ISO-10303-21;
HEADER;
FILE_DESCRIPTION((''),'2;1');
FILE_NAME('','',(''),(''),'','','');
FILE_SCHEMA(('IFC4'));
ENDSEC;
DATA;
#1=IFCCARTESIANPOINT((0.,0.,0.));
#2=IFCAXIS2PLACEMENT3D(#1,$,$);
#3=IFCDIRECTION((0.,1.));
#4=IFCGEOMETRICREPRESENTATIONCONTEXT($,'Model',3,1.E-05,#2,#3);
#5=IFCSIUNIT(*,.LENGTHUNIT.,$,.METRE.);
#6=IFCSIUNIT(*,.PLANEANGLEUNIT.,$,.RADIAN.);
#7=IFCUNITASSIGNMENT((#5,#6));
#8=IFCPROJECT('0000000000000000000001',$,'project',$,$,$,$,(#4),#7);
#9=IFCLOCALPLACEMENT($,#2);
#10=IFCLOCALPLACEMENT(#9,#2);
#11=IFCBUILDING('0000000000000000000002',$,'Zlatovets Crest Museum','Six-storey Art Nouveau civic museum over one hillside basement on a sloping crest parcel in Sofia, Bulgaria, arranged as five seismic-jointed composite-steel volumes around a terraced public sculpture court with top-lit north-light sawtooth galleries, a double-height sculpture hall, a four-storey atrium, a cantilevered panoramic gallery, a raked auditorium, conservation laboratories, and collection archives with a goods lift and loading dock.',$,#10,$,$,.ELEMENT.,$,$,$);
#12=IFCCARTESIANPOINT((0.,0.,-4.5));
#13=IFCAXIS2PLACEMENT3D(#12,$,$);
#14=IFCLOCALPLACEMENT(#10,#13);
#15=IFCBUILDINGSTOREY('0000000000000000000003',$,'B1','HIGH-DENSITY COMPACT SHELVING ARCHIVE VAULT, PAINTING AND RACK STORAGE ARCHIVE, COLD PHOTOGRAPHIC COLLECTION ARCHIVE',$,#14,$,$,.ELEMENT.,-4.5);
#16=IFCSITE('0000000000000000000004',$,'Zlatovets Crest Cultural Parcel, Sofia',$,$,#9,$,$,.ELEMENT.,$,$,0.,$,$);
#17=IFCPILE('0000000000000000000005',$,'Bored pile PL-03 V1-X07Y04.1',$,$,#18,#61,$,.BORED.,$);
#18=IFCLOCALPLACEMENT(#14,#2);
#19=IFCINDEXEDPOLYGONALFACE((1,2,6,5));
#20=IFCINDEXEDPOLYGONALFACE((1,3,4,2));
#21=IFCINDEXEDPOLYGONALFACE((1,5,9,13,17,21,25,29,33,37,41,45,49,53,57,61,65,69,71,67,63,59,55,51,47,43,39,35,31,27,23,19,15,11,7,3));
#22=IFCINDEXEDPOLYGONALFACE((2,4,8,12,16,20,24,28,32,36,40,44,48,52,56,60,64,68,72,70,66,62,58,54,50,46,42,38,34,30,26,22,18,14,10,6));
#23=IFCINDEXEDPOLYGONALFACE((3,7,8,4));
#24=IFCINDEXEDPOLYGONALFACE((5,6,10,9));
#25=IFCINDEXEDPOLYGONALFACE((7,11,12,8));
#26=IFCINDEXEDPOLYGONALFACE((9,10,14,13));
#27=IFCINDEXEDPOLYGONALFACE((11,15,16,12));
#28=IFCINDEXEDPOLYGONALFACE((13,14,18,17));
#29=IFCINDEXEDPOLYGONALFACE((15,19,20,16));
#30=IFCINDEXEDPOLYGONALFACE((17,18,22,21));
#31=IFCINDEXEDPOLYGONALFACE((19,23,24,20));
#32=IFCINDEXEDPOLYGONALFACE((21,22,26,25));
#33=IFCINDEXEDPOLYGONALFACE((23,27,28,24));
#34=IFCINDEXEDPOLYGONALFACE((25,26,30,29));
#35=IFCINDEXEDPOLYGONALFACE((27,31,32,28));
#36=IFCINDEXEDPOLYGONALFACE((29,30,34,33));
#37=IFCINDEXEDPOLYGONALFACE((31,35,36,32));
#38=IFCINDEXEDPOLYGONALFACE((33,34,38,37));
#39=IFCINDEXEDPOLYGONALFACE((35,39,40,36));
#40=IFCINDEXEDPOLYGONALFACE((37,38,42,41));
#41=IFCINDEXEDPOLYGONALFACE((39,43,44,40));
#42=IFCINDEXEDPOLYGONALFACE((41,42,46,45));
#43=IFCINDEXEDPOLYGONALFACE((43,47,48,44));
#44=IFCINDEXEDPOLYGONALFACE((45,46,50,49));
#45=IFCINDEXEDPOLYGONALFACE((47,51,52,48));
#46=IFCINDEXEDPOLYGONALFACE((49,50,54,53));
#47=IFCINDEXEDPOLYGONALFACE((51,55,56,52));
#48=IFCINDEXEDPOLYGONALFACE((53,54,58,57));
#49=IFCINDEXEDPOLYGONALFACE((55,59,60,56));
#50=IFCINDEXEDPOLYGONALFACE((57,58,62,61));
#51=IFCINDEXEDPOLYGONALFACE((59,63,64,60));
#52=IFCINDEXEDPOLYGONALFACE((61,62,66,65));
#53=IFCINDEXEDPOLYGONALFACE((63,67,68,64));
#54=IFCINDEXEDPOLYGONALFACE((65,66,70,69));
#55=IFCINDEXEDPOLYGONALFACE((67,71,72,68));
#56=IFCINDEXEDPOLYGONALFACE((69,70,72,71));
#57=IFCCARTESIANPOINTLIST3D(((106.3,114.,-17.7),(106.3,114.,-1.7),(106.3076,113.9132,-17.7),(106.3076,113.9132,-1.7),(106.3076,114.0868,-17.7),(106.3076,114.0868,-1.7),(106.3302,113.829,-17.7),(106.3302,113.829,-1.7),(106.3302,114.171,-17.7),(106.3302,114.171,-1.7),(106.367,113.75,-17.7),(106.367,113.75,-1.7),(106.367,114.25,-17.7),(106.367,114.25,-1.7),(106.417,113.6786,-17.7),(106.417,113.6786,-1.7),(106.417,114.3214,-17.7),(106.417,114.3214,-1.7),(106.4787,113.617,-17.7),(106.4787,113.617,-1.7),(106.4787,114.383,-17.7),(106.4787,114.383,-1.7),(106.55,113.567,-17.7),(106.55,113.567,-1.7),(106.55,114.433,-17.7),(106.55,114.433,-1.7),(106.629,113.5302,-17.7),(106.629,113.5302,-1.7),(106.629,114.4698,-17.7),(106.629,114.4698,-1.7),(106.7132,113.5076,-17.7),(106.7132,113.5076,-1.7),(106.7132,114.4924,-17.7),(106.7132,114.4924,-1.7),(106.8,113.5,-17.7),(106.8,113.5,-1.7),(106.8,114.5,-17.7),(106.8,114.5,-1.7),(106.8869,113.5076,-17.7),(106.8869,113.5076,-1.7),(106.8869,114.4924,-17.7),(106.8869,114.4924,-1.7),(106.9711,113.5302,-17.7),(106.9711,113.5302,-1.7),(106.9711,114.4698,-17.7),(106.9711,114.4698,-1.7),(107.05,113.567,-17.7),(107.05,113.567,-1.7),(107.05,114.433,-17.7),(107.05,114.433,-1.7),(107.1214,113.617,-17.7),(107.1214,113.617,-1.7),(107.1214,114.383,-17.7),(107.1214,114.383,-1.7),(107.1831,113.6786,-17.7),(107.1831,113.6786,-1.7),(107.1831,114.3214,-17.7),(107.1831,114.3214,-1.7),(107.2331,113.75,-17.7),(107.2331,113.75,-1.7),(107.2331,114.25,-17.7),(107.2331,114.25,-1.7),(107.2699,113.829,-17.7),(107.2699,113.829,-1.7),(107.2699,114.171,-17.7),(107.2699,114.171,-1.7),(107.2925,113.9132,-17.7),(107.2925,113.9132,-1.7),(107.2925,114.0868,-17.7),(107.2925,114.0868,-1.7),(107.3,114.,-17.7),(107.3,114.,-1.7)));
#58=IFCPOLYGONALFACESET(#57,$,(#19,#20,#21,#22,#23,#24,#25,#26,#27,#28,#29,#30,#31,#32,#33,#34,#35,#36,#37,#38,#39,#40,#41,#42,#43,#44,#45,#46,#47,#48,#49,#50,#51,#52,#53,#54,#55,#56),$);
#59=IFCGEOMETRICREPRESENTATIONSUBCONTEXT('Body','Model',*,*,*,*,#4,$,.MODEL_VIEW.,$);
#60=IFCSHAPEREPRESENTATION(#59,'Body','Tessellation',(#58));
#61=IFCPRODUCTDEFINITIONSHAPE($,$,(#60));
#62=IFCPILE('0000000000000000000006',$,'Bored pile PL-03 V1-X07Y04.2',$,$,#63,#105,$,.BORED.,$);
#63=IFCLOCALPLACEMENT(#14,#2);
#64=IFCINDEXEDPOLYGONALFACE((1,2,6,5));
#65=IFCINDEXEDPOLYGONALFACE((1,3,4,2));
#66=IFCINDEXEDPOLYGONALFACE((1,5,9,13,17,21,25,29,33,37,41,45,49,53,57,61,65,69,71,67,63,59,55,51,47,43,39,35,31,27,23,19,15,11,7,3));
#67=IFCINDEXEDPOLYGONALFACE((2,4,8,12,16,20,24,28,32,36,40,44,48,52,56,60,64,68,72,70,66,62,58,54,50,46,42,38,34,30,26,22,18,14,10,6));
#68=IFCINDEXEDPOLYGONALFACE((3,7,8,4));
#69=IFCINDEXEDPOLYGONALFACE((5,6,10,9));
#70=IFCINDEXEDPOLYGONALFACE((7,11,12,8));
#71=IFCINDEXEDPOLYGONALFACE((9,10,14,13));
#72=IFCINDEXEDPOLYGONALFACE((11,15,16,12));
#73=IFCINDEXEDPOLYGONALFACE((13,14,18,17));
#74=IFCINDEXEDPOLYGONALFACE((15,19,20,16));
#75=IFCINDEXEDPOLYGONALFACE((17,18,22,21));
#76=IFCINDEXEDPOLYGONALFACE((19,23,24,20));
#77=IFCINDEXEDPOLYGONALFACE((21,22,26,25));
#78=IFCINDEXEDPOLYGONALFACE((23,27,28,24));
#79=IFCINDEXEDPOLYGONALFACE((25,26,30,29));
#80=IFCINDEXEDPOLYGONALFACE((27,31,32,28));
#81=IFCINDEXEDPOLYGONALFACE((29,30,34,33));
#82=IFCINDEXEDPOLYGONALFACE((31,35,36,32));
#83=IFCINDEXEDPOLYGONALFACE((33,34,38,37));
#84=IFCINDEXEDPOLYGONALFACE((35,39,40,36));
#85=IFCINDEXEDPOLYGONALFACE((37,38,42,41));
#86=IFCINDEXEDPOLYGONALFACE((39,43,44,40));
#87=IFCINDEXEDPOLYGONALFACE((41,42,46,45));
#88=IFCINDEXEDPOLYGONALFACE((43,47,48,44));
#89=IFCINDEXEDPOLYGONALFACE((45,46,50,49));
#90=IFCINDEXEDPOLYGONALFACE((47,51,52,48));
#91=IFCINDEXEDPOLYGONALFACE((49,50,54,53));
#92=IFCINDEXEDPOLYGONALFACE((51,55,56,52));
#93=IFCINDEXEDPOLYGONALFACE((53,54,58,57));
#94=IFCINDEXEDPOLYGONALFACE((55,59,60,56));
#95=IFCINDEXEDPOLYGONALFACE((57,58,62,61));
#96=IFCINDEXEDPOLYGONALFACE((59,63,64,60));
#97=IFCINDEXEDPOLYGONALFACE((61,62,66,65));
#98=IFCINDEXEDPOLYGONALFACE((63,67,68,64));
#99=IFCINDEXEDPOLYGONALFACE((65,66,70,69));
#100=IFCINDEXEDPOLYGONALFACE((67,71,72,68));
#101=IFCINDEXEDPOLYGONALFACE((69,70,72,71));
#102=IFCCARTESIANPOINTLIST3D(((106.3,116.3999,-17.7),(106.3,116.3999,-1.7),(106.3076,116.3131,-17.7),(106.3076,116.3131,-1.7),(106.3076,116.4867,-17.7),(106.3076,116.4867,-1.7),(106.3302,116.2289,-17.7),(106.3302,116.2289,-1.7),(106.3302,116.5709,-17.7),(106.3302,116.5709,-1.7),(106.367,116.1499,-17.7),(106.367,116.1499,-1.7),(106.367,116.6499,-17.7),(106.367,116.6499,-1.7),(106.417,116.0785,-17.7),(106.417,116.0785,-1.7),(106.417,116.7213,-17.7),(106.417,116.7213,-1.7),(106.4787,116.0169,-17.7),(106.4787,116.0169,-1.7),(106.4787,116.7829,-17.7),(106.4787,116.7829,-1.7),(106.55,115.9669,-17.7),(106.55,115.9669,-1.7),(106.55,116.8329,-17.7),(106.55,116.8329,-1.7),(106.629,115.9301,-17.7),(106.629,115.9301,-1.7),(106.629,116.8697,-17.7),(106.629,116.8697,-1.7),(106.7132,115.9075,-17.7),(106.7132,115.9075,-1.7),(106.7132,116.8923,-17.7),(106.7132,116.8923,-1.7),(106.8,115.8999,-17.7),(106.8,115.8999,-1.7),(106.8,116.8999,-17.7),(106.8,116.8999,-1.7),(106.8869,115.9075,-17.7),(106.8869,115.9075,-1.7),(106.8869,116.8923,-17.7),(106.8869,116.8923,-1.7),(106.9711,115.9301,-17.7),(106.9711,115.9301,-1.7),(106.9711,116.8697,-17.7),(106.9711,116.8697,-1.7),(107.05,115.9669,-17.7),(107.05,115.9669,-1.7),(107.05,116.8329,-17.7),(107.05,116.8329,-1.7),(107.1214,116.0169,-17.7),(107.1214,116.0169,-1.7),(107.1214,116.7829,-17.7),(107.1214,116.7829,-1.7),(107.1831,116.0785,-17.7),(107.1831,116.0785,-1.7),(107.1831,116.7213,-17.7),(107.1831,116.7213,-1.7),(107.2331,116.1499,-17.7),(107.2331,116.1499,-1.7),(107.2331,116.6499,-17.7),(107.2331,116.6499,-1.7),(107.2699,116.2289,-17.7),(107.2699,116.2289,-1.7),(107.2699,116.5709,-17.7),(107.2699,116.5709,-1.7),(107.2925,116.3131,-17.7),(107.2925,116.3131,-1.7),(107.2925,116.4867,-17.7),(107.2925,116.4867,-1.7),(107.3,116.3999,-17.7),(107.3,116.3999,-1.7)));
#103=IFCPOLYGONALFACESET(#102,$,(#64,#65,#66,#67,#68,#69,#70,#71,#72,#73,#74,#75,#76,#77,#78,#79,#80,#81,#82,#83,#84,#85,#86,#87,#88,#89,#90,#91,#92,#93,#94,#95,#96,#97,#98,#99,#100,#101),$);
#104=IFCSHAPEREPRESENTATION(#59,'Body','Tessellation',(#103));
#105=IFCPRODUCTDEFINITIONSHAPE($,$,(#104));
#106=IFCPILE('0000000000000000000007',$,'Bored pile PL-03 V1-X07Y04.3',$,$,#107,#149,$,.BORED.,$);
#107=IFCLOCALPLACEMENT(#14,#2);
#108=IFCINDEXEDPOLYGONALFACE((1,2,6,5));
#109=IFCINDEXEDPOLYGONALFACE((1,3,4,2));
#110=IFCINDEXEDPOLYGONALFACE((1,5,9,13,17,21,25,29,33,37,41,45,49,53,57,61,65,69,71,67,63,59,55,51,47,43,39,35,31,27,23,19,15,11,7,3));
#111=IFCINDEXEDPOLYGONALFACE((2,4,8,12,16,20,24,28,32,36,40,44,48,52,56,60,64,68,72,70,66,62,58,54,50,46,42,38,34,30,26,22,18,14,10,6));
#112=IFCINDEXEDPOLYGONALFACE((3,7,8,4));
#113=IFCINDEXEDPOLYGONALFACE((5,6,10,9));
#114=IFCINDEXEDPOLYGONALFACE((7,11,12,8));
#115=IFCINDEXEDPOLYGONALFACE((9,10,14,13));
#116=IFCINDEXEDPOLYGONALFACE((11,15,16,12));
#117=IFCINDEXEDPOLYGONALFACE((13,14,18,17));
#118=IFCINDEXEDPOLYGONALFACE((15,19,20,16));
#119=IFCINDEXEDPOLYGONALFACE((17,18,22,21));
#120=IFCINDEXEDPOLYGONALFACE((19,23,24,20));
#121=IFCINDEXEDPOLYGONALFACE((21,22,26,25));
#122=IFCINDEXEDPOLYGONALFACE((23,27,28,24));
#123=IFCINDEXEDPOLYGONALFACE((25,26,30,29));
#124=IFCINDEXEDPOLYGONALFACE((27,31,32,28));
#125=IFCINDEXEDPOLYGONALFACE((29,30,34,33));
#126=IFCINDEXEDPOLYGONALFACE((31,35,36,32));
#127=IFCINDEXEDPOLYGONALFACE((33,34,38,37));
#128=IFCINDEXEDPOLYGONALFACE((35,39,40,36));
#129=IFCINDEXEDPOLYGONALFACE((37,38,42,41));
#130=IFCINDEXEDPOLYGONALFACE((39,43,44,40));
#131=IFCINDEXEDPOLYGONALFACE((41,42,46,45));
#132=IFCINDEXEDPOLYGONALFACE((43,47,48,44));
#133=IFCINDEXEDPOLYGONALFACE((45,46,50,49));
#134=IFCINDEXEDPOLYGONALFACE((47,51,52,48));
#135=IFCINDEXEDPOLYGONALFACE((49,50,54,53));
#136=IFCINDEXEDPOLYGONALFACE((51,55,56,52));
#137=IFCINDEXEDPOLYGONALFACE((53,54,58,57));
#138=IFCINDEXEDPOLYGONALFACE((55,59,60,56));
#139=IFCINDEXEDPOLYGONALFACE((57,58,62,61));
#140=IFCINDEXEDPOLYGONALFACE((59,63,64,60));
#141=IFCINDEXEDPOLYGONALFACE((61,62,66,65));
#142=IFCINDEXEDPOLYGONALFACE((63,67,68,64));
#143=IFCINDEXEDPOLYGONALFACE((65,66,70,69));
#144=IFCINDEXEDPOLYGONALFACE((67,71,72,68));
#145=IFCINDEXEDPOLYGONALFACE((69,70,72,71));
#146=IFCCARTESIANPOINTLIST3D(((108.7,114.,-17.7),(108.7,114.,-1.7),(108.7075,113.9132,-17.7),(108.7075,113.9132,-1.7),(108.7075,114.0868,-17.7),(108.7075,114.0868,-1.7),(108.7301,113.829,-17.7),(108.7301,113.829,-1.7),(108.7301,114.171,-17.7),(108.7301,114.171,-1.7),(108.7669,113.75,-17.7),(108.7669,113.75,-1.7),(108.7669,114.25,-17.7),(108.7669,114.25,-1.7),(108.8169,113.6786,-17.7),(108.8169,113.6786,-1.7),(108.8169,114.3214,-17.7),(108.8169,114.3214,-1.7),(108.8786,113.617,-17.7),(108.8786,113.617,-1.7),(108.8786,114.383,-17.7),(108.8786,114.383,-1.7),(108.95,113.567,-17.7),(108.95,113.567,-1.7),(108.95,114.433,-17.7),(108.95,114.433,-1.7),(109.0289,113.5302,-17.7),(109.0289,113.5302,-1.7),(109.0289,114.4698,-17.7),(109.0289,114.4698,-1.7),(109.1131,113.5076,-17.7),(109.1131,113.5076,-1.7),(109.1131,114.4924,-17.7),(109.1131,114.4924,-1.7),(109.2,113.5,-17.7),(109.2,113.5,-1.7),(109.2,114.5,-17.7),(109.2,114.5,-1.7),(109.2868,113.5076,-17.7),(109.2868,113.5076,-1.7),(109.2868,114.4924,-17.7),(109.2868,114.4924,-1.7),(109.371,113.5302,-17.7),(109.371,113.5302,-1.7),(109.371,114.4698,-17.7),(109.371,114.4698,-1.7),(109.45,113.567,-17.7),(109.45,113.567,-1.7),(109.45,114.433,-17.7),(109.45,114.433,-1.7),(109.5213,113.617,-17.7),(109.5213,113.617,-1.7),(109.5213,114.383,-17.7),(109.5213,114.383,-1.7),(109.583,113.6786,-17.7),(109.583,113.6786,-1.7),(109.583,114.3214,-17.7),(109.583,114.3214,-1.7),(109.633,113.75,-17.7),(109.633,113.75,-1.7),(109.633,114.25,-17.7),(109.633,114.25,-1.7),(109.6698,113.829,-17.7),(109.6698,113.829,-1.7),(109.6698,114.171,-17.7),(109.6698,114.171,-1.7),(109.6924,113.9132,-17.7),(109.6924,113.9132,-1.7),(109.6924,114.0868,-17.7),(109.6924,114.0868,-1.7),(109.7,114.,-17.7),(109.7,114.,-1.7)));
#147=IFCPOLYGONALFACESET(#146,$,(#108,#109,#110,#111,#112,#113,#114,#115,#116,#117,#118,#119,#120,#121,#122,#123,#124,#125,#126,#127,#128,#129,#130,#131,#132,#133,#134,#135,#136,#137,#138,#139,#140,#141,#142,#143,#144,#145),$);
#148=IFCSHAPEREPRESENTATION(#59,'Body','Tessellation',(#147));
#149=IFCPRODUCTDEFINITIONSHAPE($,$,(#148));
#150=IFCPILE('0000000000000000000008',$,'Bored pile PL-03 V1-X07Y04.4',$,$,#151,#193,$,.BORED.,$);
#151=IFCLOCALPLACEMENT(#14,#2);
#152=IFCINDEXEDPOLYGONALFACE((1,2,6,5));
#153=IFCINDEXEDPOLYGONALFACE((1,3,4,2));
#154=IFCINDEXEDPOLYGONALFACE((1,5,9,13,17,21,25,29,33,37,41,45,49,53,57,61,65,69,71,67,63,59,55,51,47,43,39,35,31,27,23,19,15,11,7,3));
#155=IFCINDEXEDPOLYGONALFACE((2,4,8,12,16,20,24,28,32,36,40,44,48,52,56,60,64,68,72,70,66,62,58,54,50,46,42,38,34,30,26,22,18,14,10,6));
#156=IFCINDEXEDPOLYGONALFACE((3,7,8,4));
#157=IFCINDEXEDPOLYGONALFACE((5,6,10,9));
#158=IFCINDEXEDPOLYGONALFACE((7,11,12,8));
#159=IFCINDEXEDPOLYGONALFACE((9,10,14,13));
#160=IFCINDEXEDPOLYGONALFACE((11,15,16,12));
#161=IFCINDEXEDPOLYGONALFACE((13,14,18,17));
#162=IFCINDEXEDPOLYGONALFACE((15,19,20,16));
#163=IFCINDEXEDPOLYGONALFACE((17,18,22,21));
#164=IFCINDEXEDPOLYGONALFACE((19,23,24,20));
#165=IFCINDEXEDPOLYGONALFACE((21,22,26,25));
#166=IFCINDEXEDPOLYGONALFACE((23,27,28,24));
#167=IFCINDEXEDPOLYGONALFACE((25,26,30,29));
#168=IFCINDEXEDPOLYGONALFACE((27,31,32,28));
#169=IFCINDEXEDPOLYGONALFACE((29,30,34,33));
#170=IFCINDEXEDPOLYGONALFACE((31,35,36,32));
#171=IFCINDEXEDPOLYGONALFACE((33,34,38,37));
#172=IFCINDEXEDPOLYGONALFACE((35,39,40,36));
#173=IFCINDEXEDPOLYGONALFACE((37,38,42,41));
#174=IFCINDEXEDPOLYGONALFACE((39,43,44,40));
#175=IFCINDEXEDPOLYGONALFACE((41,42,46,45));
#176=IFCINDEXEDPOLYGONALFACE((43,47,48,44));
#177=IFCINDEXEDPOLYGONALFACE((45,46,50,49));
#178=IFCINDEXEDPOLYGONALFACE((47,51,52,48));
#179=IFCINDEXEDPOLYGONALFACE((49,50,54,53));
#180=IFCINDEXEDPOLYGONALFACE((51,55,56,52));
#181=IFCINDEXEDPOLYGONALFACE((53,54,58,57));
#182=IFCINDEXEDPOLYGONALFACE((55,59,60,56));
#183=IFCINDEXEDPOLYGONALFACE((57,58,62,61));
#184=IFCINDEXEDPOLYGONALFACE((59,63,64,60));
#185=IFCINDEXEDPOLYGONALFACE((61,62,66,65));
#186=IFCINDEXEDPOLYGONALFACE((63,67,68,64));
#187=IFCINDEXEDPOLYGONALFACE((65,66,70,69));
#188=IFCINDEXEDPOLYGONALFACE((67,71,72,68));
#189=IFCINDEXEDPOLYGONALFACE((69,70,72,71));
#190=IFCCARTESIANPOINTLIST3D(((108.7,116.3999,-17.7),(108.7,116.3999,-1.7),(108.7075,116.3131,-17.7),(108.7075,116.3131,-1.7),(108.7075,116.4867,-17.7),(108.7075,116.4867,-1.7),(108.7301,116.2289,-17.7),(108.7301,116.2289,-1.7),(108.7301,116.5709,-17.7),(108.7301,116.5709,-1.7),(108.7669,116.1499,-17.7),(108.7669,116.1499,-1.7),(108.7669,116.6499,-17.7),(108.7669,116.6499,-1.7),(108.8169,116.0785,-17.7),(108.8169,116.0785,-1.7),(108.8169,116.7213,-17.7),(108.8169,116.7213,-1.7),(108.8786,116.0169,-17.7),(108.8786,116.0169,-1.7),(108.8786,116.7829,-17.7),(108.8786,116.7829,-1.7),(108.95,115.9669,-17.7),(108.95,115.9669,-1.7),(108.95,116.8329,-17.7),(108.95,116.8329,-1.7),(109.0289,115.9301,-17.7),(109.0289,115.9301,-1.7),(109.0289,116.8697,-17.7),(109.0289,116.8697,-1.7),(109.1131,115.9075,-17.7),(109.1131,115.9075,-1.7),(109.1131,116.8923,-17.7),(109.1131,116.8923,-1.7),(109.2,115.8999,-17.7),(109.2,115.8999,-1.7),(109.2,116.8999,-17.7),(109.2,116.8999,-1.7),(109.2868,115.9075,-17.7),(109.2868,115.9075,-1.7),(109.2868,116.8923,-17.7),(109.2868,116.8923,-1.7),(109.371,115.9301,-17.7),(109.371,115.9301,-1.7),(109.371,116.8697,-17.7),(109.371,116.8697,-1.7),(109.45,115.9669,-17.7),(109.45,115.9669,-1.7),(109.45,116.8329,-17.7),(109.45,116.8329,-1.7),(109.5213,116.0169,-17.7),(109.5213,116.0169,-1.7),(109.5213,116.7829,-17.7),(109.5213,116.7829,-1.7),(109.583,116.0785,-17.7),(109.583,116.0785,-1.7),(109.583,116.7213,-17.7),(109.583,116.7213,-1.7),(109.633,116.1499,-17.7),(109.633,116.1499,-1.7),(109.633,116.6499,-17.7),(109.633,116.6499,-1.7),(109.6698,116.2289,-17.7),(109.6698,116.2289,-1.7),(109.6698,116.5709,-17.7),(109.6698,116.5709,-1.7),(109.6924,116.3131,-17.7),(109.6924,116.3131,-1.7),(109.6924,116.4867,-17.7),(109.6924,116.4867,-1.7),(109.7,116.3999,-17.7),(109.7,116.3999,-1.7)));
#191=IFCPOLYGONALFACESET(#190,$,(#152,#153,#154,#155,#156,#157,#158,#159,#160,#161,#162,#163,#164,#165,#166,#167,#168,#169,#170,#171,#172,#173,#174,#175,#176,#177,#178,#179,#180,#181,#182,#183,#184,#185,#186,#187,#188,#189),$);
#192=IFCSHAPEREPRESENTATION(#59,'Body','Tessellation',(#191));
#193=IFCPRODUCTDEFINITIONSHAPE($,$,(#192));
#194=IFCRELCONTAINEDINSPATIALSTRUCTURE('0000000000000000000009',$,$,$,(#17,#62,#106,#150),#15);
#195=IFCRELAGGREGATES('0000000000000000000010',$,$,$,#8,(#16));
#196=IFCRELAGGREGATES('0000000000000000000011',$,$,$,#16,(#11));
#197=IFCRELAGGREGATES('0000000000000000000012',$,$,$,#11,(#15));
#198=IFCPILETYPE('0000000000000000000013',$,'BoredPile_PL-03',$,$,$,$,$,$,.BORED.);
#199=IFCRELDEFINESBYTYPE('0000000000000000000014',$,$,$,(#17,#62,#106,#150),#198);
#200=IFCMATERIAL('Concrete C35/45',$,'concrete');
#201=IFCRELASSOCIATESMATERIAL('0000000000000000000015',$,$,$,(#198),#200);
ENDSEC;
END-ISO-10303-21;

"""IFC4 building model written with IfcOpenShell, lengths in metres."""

from ifc_helpers import new_model, si_unit, direction, frame, origin, origin_2d, place, context, subcontext, project, spatial, circle, extrude, material, material_profile, profile_set, type_object, element, save


model = new_model("IFC4")

# Units and contexts
model_context = context("Model", 3, precision=1e-05, world=origin(), true_north=direction((0.0, 1.0)))
body_context = subcontext(model_context, "Body", "Model", "MODEL_VIEW")
ifc_project = project(units=[si_unit("LENGTHUNIT", "METRE"), si_unit("PLANEANGLEUNIT", "RADIAN")], contexts=[model_context])

# Site, building, storey
site_placement = place(None, origin())
site = spatial("IfcSite", under=ifc_project, at=site_placement, Name="Zlatovets Crest Cultural Parcel, Sofia", CompositionType="ELEMENT", RefElevation=0.0)
building_placement = place(site_placement, origin())
building = spatial("IfcBuilding", under=site, at=building_placement, Name="Zlatovets Crest Museum", Description="Six-storey Art Nouveau civic museum over one hillside basement on a sloping crest parcel in Sofia, Bulgaria, arranged as five seismic-jointed composite-steel volumes around a terraced public sculpture court with top-lit north-light sawtooth galleries, a double-height sculpture hall, a four-storey atrium, a cantilevered panoramic gallery, a raked auditorium, conservation laboratories, and collection archives with a goods lift and loading dock.", CompositionType="ELEMENT")
storey_placement = place(building_placement, frame((0.0, 0.0, -4.5)))
storey = spatial("IfcBuildingStorey", under=building, at=storey_placement, Name="B1", Description="HIGH-DENSITY COMPACT SHELVING ARCHIVE VAULT, PAINTING AND RACK STORAGE ARCHIVE, COLD PHOTOGRAPHIC COLLECTION ARCHIVE", CompositionType="ELEMENT", Elevation=-4.5)

# Piles
ifc_material_1 = material(Name="Concrete C35/45", Category="concrete")
ifc_material_profile_1 = material_profile(ifc_material_1, circle(Radius=0.5, at=origin_2d()), Name="PILE D1000")
ifc_profile_set_1 = profile_set([ifc_material_profile_1], Name="Concrete C35/45")
pile_type_1 = type_object("IfcPileType", Name="BoredPile_PL-03", PredefinedType="BORED", material=ifc_profile_set_1)
for number, where, z_axis, x_axis, name in (
    (1, (106.8, 114.0, -1.7), (0.0, 0.0, -1.0), (1.0, 0.0, 0.0), "Bored pile PL-03 V1-X07Y04.1"),
    (2, (106.8, 116.3999, -1.7), (0.0, 0.0, -1.0), (1.0, 0.0, 0.0), "Bored pile PL-03 V1-X07Y04.2"),
    (3, (109.2, 114.0, -1.7), (0.0, 0.0, -1.0), (1.0, 0.0, 0.0), "Bored pile PL-03 V1-X07Y04.3"),
    (4, (109.2, 116.3999, -1.7), (0.0, 0.0, -1.0), (1.0, 0.0, 0.0), "Bored pile PL-03 V1-X07Y04.4"),
):
    element("IfcPile", number, at=place(storey_placement, frame(where, z_axis=z_axis, x_axis=x_axis)), inside=storey, type_object=pile_type_1, Name=name, PredefinedType="BORED", context=body_context, shape_type="SweptSolid", body=[
        extrude(circle(Radius=0.5, at=origin_2d()), origin(), (0.0, 0.0, 1.0), 16.0),
    ])

save(model, "model.ifc")
